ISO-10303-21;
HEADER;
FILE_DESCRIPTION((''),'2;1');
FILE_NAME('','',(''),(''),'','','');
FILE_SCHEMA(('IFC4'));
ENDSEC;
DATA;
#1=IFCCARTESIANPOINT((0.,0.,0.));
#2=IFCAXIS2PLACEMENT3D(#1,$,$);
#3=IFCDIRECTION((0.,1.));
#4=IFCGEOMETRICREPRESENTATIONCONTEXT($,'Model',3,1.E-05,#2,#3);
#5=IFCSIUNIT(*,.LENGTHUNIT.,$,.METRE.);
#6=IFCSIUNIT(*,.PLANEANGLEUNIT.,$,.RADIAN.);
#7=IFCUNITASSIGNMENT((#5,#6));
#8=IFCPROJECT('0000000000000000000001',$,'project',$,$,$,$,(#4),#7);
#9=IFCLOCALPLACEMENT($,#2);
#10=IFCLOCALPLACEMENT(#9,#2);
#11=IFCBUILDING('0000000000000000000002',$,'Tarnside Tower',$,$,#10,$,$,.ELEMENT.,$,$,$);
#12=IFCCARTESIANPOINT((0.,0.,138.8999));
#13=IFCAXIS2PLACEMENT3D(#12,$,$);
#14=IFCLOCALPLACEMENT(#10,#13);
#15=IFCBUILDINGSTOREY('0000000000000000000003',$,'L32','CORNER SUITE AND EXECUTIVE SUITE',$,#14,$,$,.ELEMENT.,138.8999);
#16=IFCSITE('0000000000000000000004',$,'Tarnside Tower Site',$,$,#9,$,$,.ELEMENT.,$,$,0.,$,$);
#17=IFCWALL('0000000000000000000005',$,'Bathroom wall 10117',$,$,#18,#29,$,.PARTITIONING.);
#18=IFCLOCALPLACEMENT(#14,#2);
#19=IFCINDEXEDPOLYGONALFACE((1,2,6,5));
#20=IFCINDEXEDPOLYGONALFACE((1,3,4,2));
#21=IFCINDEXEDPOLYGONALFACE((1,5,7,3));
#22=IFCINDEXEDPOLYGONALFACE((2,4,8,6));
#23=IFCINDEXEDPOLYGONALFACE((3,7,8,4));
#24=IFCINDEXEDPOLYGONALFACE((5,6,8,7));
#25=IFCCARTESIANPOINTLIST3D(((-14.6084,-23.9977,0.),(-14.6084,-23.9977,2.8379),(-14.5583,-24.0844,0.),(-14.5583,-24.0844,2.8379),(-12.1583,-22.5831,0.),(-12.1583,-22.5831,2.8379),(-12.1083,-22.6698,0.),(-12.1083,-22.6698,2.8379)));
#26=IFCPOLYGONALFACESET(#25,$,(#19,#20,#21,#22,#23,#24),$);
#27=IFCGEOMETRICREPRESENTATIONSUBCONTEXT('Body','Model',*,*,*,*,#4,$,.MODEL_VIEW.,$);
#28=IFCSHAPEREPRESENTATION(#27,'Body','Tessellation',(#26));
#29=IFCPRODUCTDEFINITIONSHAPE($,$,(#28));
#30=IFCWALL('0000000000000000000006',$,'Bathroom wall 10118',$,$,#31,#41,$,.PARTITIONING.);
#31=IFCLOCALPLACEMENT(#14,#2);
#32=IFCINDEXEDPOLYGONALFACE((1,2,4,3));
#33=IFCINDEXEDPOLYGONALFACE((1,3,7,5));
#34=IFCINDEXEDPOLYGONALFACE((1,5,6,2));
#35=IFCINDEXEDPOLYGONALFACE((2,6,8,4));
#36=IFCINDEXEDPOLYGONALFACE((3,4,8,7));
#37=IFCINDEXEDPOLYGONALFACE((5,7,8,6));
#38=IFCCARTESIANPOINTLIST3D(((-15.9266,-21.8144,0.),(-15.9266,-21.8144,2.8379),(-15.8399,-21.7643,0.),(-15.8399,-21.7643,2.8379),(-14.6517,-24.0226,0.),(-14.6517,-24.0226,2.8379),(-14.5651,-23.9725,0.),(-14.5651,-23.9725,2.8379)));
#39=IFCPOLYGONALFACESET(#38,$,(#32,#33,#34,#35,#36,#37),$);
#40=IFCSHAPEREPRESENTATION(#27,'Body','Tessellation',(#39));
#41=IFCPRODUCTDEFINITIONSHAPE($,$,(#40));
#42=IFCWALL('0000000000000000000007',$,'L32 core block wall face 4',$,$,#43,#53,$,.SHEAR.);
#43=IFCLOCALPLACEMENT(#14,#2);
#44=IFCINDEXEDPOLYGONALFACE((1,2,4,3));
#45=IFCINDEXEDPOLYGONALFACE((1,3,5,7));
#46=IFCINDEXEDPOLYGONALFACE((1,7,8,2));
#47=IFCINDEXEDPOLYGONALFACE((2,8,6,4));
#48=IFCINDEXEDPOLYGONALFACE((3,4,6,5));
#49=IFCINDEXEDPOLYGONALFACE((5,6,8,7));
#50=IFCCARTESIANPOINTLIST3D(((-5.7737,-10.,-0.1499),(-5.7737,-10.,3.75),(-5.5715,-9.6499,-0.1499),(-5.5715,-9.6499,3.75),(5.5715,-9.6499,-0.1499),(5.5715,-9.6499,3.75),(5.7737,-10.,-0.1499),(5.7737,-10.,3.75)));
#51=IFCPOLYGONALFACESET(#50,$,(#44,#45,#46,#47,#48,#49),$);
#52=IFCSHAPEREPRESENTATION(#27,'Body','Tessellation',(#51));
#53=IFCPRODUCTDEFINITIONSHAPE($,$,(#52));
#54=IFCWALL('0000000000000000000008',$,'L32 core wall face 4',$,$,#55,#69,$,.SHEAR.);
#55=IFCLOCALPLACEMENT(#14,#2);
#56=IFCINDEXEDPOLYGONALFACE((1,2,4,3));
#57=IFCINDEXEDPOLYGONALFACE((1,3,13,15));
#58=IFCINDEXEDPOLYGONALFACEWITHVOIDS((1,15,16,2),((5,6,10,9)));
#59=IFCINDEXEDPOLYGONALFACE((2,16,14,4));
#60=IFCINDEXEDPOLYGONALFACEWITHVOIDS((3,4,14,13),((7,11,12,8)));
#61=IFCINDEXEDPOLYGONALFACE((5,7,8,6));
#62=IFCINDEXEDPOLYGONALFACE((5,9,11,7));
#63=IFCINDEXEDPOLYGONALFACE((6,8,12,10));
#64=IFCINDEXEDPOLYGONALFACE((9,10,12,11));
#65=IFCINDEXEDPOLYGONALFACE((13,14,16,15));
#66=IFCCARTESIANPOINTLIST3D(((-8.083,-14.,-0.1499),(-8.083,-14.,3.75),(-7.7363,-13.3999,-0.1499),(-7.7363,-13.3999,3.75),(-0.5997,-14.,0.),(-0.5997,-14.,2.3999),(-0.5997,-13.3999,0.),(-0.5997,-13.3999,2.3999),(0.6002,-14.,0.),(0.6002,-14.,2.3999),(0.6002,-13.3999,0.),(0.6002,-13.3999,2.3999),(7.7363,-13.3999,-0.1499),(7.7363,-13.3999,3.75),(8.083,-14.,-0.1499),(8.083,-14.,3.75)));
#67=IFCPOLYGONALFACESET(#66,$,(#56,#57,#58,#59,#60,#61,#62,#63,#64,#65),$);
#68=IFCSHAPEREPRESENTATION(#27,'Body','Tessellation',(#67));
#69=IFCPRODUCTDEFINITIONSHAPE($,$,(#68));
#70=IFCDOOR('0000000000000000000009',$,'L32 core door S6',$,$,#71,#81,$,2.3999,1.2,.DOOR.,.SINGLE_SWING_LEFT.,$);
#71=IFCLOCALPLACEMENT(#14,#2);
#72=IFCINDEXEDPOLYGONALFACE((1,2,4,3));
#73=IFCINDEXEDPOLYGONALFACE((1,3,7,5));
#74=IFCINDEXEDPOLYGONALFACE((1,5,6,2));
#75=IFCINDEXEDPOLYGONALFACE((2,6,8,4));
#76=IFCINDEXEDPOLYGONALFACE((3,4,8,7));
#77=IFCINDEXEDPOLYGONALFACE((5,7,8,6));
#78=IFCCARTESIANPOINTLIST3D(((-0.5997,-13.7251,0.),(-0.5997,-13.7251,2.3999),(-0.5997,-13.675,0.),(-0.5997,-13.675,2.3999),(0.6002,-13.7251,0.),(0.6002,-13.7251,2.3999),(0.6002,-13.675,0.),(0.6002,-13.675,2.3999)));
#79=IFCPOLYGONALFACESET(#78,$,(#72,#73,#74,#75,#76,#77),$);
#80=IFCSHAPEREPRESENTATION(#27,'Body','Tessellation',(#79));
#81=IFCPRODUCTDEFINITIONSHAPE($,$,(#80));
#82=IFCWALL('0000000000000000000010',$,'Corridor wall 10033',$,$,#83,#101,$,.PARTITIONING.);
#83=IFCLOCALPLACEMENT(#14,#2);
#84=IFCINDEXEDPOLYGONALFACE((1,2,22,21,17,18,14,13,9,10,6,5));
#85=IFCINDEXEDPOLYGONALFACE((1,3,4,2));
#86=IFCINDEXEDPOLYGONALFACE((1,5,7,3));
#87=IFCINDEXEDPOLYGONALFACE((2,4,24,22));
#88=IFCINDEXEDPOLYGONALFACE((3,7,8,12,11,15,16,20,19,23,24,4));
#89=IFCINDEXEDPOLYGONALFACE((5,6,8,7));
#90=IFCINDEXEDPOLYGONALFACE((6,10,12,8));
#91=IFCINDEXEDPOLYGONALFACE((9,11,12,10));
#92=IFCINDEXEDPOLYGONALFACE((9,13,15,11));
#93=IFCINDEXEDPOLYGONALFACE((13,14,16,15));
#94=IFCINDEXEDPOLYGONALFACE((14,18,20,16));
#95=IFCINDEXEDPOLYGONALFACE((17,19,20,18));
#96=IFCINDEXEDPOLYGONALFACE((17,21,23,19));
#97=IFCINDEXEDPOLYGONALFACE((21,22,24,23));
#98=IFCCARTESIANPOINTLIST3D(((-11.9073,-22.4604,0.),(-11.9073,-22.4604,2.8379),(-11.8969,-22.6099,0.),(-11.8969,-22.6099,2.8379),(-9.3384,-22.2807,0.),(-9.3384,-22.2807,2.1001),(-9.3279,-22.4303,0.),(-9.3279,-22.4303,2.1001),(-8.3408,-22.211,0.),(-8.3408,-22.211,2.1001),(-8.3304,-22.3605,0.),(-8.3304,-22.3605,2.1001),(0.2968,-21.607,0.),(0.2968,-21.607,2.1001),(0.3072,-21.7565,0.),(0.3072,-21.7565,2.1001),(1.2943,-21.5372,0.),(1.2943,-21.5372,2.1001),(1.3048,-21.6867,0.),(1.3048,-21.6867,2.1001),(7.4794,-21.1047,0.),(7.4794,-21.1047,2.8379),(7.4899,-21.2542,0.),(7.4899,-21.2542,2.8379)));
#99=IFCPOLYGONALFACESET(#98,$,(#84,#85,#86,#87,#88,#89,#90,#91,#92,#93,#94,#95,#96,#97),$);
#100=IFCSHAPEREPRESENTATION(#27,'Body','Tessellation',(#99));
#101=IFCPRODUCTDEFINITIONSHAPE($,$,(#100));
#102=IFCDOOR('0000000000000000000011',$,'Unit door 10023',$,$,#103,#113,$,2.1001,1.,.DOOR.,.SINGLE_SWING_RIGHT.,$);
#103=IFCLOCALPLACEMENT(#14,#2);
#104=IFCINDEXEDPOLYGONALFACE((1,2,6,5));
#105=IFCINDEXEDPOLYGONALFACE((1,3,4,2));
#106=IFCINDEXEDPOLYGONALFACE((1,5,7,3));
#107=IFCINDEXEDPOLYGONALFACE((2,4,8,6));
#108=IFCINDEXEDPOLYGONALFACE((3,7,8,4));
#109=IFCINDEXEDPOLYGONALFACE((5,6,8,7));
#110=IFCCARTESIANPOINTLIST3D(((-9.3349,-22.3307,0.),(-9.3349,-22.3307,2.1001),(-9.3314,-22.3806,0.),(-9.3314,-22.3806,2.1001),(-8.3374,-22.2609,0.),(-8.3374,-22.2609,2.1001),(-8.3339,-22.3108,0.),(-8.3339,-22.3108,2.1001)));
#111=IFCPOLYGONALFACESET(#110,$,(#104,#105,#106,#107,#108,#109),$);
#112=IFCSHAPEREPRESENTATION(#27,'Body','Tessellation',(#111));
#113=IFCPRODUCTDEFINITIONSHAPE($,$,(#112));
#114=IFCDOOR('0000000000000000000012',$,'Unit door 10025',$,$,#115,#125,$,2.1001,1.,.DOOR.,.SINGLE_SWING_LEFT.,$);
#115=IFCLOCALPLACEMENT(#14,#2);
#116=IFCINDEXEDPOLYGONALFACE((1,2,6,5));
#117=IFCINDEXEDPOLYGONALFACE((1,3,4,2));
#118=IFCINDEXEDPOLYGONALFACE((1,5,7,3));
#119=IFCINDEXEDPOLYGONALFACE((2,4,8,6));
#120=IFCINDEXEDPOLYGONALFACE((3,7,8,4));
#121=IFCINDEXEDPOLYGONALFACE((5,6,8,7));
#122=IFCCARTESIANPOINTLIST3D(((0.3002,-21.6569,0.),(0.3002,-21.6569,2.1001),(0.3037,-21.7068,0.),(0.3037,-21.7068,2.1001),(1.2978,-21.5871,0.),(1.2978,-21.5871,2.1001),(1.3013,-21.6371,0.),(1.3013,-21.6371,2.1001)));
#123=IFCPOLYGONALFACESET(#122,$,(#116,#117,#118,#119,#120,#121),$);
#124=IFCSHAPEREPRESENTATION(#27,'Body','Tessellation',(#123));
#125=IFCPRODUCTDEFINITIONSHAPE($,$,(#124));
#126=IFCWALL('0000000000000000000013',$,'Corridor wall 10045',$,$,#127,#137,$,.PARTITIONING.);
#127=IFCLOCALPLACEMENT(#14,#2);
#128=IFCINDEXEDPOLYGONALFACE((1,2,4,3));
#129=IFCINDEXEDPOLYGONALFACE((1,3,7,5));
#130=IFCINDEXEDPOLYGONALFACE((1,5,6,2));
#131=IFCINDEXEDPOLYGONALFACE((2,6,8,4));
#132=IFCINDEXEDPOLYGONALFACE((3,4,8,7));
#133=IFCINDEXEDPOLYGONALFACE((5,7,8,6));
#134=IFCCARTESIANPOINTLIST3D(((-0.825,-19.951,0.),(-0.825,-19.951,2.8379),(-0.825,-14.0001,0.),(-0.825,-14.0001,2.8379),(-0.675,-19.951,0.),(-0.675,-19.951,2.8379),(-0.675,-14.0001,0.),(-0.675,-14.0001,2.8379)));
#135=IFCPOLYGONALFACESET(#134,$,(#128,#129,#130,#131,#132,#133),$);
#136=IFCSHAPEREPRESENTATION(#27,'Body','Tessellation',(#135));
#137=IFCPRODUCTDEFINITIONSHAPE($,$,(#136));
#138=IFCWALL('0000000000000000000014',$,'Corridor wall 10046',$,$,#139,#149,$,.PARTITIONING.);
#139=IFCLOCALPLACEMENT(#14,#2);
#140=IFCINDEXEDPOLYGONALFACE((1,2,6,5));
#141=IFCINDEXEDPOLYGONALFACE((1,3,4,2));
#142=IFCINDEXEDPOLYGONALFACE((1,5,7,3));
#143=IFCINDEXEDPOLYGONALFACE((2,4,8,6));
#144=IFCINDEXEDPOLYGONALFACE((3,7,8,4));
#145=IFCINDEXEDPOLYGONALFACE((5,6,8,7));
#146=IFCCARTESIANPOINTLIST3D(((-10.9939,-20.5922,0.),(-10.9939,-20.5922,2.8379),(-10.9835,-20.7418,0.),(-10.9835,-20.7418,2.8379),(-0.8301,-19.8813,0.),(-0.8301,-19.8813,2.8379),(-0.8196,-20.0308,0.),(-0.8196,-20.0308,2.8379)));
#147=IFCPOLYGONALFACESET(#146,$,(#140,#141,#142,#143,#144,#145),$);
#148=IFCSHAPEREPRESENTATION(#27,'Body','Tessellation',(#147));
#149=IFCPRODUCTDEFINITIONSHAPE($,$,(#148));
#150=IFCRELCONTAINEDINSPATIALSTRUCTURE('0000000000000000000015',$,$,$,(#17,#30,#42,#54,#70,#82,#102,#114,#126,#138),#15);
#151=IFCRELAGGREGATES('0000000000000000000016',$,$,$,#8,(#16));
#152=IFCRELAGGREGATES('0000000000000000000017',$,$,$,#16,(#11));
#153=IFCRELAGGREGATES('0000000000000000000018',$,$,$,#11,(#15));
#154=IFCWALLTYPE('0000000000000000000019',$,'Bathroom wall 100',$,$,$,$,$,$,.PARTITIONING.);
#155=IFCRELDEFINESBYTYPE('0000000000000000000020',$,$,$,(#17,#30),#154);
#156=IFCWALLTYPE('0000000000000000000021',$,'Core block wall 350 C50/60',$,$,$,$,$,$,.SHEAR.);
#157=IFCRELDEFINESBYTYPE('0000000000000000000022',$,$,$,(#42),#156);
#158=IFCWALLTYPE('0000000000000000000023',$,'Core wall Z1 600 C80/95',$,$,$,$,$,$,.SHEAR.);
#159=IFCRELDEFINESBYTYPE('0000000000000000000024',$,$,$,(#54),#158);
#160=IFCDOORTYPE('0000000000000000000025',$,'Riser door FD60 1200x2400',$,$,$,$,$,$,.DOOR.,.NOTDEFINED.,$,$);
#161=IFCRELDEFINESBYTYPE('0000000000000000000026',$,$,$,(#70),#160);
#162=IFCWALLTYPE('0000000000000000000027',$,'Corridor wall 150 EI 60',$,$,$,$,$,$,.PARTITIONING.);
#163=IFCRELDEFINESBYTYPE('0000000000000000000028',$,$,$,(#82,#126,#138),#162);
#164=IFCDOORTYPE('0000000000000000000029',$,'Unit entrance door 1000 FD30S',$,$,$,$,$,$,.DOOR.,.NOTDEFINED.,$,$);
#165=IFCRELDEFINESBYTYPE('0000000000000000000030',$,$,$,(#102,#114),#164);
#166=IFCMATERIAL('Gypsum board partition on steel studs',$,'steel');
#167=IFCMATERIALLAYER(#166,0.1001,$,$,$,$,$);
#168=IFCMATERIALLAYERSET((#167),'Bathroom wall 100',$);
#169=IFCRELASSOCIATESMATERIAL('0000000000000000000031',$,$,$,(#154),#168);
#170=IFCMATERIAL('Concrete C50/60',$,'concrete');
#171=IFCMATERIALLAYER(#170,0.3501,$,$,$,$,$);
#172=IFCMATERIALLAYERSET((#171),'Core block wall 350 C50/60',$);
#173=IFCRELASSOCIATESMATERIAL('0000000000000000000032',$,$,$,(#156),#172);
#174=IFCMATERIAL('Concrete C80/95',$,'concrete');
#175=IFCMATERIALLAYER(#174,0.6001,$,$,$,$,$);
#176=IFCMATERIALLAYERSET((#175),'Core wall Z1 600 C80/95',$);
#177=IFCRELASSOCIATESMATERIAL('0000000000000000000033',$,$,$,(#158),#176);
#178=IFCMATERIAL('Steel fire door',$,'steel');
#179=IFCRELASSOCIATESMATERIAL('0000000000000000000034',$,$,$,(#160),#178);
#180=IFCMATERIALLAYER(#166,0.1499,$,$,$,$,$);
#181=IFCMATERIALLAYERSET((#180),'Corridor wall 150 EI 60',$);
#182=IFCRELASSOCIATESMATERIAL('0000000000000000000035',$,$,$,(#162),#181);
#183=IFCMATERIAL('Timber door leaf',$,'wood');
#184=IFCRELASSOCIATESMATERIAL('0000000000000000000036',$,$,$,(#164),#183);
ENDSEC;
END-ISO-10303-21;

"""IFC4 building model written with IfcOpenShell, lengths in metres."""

from ifc_helpers import new_model, si_unit, direction, frame, frame_2d, origin, place, context, subcontext, project, spatial, polyline, rectangle, outline, extrude, material, layer, layer_set, type_object, element, fill, save


model = new_model("IFC4")

# Units and contexts
model_context = context("Model", 3, precision=1e-05, world=origin(), true_north=direction((0.0, 1.0)))
body_context = subcontext(model_context, "Body", "Model", "MODEL_VIEW")
ifc_project = project(units=[si_unit("LENGTHUNIT", "METRE"), si_unit("PLANEANGLEUNIT", "RADIAN")], contexts=[model_context])

# Site, building, storey
site_placement = place(None, origin())
site = spatial("IfcSite", under=ifc_project, at=site_placement, Name="Tarnside Tower Site", CompositionType="ELEMENT", RefElevation=0.0)
building_placement = place(site_placement, origin())
building = spatial("IfcBuilding", under=site, at=building_placement, Name="Tarnside Tower", CompositionType="ELEMENT")
storey_placement = place(building_placement, frame((0.0, 0.0, 138.8999)))
storey = spatial("IfcBuildingStorey", under=building, at=storey_placement, Name="L32", Description="CORNER SUITE AND EXECUTIVE SUITE", CompositionType="ELEMENT", Elevation=138.8999)

# Walls
ifc_material_1 = material(Name="Gypsum board partition on steel studs", Category="steel")
ifc_layer_1 = layer(ifc_material_1, 0.1001)
ifc_layer_set_1 = layer_set([ifc_layer_1], Name="Bathroom wall 100")
wall_type_1 = type_object("IfcWallType", Name="Bathroom wall 100", PredefinedType="PARTITIONING", material=ifc_layer_set_1)
wall_1_placement = place(storey_placement, frame((-12.1333, -22.6265, 0.0), z_axis=(0.0, 0.0, 1.0), x_axis=(-0.866015, -0.500019, 0.0)))
element("IfcWall", 1, at=wall_1_placement, inside=storey, type_object=wall_type_1, Name="Bathroom wall 10117", PredefinedType="PARTITIONING", context=body_context, shape_type="SweptSolid", body=[
    extrude(rectangle(XDim=2.8291, YDim=0.1001, at=frame_2d((1.4146, 0.0))), origin(), (0.0, 0.0, 1.0), 2.8379),
])
wall_2_placement = place(storey_placement, frame((-14.6084, -23.9976, 0.0), z_axis=(0.0, 0.0, 1.0), x_axis=(-0.49999, 0.866031, 0.0)))
element("IfcWall", 2, at=wall_2_placement, inside=storey, type_object=wall_type_1, Name="Bathroom wall 10118", PredefinedType="PARTITIONING", context=body_context, shape_type="SweptSolid", body=[
    extrude(rectangle(XDim=2.5498, YDim=0.1001, at=frame_2d((1.2749, 0.0))), origin(), (0.0, 0.0, 1.0), 2.8379),
])
ifc_material_2 = material(Name="Concrete C50/60", Category="concrete")
ifc_layer_2 = layer(ifc_material_2, 0.3501)
ifc_layer_set_2 = layer_set([ifc_layer_2], Name="Core block wall 350 C50/60")
wall_type_2 = type_object("IfcWallType", Name="Core block wall 350 C50/60", PredefinedType="SHEAR", material=ifc_layer_set_2)
wall_3_placement = place(storey_placement, frame((-5.6726, -9.825, -0.1499), z_axis=(0.0, 0.0, 1.0), x_axis=(1.0, 0.0, 0.0)))
element("IfcWall", 3, at=wall_3_placement, inside=storey, type_object=wall_type_2, Name="L32 core block wall face 4", PredefinedType="SHEAR", context=body_context, shape_type="SweptSolid", body=[
    extrude(outline(polyline([(-0.1011, -0.175), (11.4463, -0.175), (11.2441, 0.175), (0.1011, 0.175), (-0.1011, -0.175)])), origin(), (0.0, 0.0, 1.0), 3.8999),
])

# Wall, opening, door
ifc_material_3 = material(Name="Concrete C80/95", Category="concrete")
ifc_layer_3 = layer(ifc_material_3, 0.6001)
ifc_layer_set_3 = layer_set([ifc_layer_3], Name="Core wall Z1 600 C80/95")
wall_type_3 = type_object("IfcWallType", Name="Core wall Z1 600 C80/95", PredefinedType="SHEAR", material=ifc_layer_set_3)
wall_4_placement = place(storey_placement, frame((-7.9097, -13.7, -0.1499), z_axis=(0.0, 0.0, 1.0), x_axis=(1.0, 0.0, 0.0)))
wall_4 = element("IfcWall", 4, at=wall_4_placement, inside=storey, type_object=wall_type_3, Name="L32 core wall face 4", PredefinedType="SHEAR", context=body_context, shape_type="SweptSolid", body=[
    extrude(outline(polyline([(-0.1733, -0.3), (15.9927, -0.3), (15.646, 0.3), (0.1733, 0.3), (-0.1733, -0.3)])), origin(), (0.0, 0.0, 1.0), 3.8999),
])
opening_1_placement = place(wall_4_placement, frame((7.3098, 0.0, 0.1499)))
opening_1 = element("IfcOpeningElement", 5, at=opening_1_placement, cuts=wall_4, PredefinedType="OPENING", context=body_context, shape_type="SweptSolid", body=[
    extrude(rectangle(XDim=1.2, YDim=2.3999, at=frame_2d((0.6001, 1.2))), frame((0.0, 0.3101, 0.0), z_axis=(0.0, -1.0, 0.0), x_axis=(1.0, 0.0, 0.0)), (0.0, 0.0, 1.0), 0.6201),
])
ifc_material_4 = material(Name="Steel fire door", Category="steel")
door_type_1 = type_object("IfcDoorType", Name="Riser door FD60 1200x2400", OperationType="NOTDEFINED", PredefinedType="DOOR", material=ifc_material_4)
door_1_placement = place(opening_1_placement, origin())
door_1 = element("IfcDoor", 6, at=door_1_placement, inside=storey, type_object=door_type_1, Name="L32 core door S6", OperationType="SINGLE_SWING_LEFT", OverallHeight=2.3999, OverallWidth=1.2, PredefinedType="DOOR", context=body_context, shape_type="SweptSolid", body=[
    extrude(rectangle(XDim=1.2, YDim=2.3999, at=frame_2d((0.6001, 1.2))), frame((0.0, 0.0249, 0.0), z_axis=(0.0, -1.0, 0.0), x_axis=(1.0, 0.0, 0.0)), (0.0, 0.0, 1.0), 0.05),
])
fill(opening_1, door_1)

# Wall, openings, doors
ifc_layer_4 = layer(ifc_material_1, 0.1499)
ifc_layer_set_4 = layer_set([ifc_layer_4], Name="Corridor wall 150 EI 60")
wall_type_4 = type_object("IfcWallType", Name="Corridor wall 150 EI 60", PredefinedType="PARTITIONING", material=ifc_layer_set_4)
wall_5_placement = place(storey_placement, frame((-11.9021, -22.5352, 0.0), z_axis=(0.0, 0.0, 1.0), x_axis=(0.997564, 0.06976, 0.0)))
wall_5 = element("IfcWall", 7, at=wall_5_placement, inside=storey, type_object=wall_type_4, Name="Corridor wall 10033", PredefinedType="PARTITIONING", context=body_context, shape_type="SweptSolid", body=[
    extrude(rectangle(XDim=19.4341, YDim=0.1499, at=frame_2d((9.717, 0.0))), origin(), (0.0, 0.0, 1.0), 2.8379),
])
opening_2_placement = place(wall_5_placement, frame((2.5752, 0.0, 0.0)))
opening_2 = element("IfcOpeningElement", 8, at=opening_2_placement, cuts=wall_5, PredefinedType="OPENING", context=body_context, shape_type="SweptSolid", body=[
    extrude(rectangle(XDim=1.0, YDim=2.1001, at=frame_2d((0.5, 1.05))), frame((0.0, 0.085, 0.0), z_axis=(0.0, -1.0, 0.0), x_axis=(1.0, 0.0, 0.0)), (0.0, 0.0, 1.0), 0.1699),
])
opening_3_placement = place(wall_5_placement, frame((12.2339, 0.0, 0.0)))
opening_3 = element("IfcOpeningElement", 9, at=opening_3_placement, cuts=wall_5, PredefinedType="OPENING", context=body_context, shape_type="SweptSolid", body=[
    extrude(rectangle(XDim=1.0, YDim=2.1001, at=frame_2d((0.5, 1.05))), frame((0.0, 0.085, 0.0), z_axis=(0.0, -1.0, 0.0), x_axis=(1.0, 0.0, 0.0)), (0.0, 0.0, 1.0), 0.1699),
])
ifc_material_5 = material(Name="Timber door leaf", Category="wood")
door_type_2 = type_object("IfcDoorType", Name="Unit entrance door 1000 FD30S", OperationType="NOTDEFINED", PredefinedType="DOOR", material=ifc_material_5)
door_2_placement = place(opening_2_placement, origin())
door_2 = element("IfcDoor", 10, at=door_2_placement, inside=storey, type_object=door_type_2, Name="Unit door 10023", OperationType="SINGLE_SWING_RIGHT", OverallHeight=2.1001, OverallWidth=1.0, PredefinedType="DOOR", context=body_context, shape_type="SweptSolid", body=[
    extrude(rectangle(XDim=1.0, YDim=2.1001, at=frame_2d((0.5, 1.05))), frame((0.0, 0.0249, 0.0), z_axis=(0.0, -1.0, 0.0), x_axis=(1.0, 0.0, 0.0)), (0.0, 0.0, 1.0), 0.05),
])
fill(opening_2, door_2)
door_3_placement = place(opening_3_placement, origin())
door_3 = element("IfcDoor", 11, at=door_3_placement, inside=storey, type_object=door_type_2, Name="Unit door 10025", OperationType="SINGLE_SWING_LEFT", OverallHeight=2.1001, OverallWidth=1.0, PredefinedType="DOOR", context=body_context, shape_type="SweptSolid", body=[
    extrude(rectangle(XDim=1.0, YDim=2.1001, at=frame_2d((0.5, 1.05))), frame((0.0, 0.0249, 0.0), z_axis=(0.0, -1.0, 0.0), x_axis=(1.0, 0.0, 0.0)), (0.0, 0.0, 1.0), 0.05),
])
fill(opening_3, door_3)

# Walls
wall_6_placement = place(storey_placement, frame((-0.75, -14.0, 0.0), z_axis=(0.0, 0.0, 1.0), x_axis=(0.0, -1.0, 0.0)))
element("IfcWall", 12, at=wall_6_placement, inside=storey, type_object=wall_type_4, Name="Corridor wall 10045", PredefinedType="PARTITIONING", context=body_context, shape_type="SweptSolid", body=[
    extrude(rectangle(XDim=5.9509, YDim=0.1499, at=frame_2d((2.9756, 0.0))), origin(), (0.0, 0.0, 1.0), 2.8379),
])
wall_7_placement = place(storey_placement, frame((-0.825, -19.9561, 0.0), z_axis=(0.0, 0.0, 1.0), x_axis=(-0.997563, -0.069777, 0.0)))
element("IfcWall", 13, at=wall_7_placement, inside=storey, type_object=wall_type_4, Name="Corridor wall 10046", PredefinedType="PARTITIONING", context=body_context, shape_type="SweptSolid", body=[
    extrude(rectangle(XDim=10.1887, YDim=0.1499, at=frame_2d((5.0942, 0.0))), origin(), (0.0, 0.0, 1.0), 2.8379),
])

save(model, "model.ifc")
